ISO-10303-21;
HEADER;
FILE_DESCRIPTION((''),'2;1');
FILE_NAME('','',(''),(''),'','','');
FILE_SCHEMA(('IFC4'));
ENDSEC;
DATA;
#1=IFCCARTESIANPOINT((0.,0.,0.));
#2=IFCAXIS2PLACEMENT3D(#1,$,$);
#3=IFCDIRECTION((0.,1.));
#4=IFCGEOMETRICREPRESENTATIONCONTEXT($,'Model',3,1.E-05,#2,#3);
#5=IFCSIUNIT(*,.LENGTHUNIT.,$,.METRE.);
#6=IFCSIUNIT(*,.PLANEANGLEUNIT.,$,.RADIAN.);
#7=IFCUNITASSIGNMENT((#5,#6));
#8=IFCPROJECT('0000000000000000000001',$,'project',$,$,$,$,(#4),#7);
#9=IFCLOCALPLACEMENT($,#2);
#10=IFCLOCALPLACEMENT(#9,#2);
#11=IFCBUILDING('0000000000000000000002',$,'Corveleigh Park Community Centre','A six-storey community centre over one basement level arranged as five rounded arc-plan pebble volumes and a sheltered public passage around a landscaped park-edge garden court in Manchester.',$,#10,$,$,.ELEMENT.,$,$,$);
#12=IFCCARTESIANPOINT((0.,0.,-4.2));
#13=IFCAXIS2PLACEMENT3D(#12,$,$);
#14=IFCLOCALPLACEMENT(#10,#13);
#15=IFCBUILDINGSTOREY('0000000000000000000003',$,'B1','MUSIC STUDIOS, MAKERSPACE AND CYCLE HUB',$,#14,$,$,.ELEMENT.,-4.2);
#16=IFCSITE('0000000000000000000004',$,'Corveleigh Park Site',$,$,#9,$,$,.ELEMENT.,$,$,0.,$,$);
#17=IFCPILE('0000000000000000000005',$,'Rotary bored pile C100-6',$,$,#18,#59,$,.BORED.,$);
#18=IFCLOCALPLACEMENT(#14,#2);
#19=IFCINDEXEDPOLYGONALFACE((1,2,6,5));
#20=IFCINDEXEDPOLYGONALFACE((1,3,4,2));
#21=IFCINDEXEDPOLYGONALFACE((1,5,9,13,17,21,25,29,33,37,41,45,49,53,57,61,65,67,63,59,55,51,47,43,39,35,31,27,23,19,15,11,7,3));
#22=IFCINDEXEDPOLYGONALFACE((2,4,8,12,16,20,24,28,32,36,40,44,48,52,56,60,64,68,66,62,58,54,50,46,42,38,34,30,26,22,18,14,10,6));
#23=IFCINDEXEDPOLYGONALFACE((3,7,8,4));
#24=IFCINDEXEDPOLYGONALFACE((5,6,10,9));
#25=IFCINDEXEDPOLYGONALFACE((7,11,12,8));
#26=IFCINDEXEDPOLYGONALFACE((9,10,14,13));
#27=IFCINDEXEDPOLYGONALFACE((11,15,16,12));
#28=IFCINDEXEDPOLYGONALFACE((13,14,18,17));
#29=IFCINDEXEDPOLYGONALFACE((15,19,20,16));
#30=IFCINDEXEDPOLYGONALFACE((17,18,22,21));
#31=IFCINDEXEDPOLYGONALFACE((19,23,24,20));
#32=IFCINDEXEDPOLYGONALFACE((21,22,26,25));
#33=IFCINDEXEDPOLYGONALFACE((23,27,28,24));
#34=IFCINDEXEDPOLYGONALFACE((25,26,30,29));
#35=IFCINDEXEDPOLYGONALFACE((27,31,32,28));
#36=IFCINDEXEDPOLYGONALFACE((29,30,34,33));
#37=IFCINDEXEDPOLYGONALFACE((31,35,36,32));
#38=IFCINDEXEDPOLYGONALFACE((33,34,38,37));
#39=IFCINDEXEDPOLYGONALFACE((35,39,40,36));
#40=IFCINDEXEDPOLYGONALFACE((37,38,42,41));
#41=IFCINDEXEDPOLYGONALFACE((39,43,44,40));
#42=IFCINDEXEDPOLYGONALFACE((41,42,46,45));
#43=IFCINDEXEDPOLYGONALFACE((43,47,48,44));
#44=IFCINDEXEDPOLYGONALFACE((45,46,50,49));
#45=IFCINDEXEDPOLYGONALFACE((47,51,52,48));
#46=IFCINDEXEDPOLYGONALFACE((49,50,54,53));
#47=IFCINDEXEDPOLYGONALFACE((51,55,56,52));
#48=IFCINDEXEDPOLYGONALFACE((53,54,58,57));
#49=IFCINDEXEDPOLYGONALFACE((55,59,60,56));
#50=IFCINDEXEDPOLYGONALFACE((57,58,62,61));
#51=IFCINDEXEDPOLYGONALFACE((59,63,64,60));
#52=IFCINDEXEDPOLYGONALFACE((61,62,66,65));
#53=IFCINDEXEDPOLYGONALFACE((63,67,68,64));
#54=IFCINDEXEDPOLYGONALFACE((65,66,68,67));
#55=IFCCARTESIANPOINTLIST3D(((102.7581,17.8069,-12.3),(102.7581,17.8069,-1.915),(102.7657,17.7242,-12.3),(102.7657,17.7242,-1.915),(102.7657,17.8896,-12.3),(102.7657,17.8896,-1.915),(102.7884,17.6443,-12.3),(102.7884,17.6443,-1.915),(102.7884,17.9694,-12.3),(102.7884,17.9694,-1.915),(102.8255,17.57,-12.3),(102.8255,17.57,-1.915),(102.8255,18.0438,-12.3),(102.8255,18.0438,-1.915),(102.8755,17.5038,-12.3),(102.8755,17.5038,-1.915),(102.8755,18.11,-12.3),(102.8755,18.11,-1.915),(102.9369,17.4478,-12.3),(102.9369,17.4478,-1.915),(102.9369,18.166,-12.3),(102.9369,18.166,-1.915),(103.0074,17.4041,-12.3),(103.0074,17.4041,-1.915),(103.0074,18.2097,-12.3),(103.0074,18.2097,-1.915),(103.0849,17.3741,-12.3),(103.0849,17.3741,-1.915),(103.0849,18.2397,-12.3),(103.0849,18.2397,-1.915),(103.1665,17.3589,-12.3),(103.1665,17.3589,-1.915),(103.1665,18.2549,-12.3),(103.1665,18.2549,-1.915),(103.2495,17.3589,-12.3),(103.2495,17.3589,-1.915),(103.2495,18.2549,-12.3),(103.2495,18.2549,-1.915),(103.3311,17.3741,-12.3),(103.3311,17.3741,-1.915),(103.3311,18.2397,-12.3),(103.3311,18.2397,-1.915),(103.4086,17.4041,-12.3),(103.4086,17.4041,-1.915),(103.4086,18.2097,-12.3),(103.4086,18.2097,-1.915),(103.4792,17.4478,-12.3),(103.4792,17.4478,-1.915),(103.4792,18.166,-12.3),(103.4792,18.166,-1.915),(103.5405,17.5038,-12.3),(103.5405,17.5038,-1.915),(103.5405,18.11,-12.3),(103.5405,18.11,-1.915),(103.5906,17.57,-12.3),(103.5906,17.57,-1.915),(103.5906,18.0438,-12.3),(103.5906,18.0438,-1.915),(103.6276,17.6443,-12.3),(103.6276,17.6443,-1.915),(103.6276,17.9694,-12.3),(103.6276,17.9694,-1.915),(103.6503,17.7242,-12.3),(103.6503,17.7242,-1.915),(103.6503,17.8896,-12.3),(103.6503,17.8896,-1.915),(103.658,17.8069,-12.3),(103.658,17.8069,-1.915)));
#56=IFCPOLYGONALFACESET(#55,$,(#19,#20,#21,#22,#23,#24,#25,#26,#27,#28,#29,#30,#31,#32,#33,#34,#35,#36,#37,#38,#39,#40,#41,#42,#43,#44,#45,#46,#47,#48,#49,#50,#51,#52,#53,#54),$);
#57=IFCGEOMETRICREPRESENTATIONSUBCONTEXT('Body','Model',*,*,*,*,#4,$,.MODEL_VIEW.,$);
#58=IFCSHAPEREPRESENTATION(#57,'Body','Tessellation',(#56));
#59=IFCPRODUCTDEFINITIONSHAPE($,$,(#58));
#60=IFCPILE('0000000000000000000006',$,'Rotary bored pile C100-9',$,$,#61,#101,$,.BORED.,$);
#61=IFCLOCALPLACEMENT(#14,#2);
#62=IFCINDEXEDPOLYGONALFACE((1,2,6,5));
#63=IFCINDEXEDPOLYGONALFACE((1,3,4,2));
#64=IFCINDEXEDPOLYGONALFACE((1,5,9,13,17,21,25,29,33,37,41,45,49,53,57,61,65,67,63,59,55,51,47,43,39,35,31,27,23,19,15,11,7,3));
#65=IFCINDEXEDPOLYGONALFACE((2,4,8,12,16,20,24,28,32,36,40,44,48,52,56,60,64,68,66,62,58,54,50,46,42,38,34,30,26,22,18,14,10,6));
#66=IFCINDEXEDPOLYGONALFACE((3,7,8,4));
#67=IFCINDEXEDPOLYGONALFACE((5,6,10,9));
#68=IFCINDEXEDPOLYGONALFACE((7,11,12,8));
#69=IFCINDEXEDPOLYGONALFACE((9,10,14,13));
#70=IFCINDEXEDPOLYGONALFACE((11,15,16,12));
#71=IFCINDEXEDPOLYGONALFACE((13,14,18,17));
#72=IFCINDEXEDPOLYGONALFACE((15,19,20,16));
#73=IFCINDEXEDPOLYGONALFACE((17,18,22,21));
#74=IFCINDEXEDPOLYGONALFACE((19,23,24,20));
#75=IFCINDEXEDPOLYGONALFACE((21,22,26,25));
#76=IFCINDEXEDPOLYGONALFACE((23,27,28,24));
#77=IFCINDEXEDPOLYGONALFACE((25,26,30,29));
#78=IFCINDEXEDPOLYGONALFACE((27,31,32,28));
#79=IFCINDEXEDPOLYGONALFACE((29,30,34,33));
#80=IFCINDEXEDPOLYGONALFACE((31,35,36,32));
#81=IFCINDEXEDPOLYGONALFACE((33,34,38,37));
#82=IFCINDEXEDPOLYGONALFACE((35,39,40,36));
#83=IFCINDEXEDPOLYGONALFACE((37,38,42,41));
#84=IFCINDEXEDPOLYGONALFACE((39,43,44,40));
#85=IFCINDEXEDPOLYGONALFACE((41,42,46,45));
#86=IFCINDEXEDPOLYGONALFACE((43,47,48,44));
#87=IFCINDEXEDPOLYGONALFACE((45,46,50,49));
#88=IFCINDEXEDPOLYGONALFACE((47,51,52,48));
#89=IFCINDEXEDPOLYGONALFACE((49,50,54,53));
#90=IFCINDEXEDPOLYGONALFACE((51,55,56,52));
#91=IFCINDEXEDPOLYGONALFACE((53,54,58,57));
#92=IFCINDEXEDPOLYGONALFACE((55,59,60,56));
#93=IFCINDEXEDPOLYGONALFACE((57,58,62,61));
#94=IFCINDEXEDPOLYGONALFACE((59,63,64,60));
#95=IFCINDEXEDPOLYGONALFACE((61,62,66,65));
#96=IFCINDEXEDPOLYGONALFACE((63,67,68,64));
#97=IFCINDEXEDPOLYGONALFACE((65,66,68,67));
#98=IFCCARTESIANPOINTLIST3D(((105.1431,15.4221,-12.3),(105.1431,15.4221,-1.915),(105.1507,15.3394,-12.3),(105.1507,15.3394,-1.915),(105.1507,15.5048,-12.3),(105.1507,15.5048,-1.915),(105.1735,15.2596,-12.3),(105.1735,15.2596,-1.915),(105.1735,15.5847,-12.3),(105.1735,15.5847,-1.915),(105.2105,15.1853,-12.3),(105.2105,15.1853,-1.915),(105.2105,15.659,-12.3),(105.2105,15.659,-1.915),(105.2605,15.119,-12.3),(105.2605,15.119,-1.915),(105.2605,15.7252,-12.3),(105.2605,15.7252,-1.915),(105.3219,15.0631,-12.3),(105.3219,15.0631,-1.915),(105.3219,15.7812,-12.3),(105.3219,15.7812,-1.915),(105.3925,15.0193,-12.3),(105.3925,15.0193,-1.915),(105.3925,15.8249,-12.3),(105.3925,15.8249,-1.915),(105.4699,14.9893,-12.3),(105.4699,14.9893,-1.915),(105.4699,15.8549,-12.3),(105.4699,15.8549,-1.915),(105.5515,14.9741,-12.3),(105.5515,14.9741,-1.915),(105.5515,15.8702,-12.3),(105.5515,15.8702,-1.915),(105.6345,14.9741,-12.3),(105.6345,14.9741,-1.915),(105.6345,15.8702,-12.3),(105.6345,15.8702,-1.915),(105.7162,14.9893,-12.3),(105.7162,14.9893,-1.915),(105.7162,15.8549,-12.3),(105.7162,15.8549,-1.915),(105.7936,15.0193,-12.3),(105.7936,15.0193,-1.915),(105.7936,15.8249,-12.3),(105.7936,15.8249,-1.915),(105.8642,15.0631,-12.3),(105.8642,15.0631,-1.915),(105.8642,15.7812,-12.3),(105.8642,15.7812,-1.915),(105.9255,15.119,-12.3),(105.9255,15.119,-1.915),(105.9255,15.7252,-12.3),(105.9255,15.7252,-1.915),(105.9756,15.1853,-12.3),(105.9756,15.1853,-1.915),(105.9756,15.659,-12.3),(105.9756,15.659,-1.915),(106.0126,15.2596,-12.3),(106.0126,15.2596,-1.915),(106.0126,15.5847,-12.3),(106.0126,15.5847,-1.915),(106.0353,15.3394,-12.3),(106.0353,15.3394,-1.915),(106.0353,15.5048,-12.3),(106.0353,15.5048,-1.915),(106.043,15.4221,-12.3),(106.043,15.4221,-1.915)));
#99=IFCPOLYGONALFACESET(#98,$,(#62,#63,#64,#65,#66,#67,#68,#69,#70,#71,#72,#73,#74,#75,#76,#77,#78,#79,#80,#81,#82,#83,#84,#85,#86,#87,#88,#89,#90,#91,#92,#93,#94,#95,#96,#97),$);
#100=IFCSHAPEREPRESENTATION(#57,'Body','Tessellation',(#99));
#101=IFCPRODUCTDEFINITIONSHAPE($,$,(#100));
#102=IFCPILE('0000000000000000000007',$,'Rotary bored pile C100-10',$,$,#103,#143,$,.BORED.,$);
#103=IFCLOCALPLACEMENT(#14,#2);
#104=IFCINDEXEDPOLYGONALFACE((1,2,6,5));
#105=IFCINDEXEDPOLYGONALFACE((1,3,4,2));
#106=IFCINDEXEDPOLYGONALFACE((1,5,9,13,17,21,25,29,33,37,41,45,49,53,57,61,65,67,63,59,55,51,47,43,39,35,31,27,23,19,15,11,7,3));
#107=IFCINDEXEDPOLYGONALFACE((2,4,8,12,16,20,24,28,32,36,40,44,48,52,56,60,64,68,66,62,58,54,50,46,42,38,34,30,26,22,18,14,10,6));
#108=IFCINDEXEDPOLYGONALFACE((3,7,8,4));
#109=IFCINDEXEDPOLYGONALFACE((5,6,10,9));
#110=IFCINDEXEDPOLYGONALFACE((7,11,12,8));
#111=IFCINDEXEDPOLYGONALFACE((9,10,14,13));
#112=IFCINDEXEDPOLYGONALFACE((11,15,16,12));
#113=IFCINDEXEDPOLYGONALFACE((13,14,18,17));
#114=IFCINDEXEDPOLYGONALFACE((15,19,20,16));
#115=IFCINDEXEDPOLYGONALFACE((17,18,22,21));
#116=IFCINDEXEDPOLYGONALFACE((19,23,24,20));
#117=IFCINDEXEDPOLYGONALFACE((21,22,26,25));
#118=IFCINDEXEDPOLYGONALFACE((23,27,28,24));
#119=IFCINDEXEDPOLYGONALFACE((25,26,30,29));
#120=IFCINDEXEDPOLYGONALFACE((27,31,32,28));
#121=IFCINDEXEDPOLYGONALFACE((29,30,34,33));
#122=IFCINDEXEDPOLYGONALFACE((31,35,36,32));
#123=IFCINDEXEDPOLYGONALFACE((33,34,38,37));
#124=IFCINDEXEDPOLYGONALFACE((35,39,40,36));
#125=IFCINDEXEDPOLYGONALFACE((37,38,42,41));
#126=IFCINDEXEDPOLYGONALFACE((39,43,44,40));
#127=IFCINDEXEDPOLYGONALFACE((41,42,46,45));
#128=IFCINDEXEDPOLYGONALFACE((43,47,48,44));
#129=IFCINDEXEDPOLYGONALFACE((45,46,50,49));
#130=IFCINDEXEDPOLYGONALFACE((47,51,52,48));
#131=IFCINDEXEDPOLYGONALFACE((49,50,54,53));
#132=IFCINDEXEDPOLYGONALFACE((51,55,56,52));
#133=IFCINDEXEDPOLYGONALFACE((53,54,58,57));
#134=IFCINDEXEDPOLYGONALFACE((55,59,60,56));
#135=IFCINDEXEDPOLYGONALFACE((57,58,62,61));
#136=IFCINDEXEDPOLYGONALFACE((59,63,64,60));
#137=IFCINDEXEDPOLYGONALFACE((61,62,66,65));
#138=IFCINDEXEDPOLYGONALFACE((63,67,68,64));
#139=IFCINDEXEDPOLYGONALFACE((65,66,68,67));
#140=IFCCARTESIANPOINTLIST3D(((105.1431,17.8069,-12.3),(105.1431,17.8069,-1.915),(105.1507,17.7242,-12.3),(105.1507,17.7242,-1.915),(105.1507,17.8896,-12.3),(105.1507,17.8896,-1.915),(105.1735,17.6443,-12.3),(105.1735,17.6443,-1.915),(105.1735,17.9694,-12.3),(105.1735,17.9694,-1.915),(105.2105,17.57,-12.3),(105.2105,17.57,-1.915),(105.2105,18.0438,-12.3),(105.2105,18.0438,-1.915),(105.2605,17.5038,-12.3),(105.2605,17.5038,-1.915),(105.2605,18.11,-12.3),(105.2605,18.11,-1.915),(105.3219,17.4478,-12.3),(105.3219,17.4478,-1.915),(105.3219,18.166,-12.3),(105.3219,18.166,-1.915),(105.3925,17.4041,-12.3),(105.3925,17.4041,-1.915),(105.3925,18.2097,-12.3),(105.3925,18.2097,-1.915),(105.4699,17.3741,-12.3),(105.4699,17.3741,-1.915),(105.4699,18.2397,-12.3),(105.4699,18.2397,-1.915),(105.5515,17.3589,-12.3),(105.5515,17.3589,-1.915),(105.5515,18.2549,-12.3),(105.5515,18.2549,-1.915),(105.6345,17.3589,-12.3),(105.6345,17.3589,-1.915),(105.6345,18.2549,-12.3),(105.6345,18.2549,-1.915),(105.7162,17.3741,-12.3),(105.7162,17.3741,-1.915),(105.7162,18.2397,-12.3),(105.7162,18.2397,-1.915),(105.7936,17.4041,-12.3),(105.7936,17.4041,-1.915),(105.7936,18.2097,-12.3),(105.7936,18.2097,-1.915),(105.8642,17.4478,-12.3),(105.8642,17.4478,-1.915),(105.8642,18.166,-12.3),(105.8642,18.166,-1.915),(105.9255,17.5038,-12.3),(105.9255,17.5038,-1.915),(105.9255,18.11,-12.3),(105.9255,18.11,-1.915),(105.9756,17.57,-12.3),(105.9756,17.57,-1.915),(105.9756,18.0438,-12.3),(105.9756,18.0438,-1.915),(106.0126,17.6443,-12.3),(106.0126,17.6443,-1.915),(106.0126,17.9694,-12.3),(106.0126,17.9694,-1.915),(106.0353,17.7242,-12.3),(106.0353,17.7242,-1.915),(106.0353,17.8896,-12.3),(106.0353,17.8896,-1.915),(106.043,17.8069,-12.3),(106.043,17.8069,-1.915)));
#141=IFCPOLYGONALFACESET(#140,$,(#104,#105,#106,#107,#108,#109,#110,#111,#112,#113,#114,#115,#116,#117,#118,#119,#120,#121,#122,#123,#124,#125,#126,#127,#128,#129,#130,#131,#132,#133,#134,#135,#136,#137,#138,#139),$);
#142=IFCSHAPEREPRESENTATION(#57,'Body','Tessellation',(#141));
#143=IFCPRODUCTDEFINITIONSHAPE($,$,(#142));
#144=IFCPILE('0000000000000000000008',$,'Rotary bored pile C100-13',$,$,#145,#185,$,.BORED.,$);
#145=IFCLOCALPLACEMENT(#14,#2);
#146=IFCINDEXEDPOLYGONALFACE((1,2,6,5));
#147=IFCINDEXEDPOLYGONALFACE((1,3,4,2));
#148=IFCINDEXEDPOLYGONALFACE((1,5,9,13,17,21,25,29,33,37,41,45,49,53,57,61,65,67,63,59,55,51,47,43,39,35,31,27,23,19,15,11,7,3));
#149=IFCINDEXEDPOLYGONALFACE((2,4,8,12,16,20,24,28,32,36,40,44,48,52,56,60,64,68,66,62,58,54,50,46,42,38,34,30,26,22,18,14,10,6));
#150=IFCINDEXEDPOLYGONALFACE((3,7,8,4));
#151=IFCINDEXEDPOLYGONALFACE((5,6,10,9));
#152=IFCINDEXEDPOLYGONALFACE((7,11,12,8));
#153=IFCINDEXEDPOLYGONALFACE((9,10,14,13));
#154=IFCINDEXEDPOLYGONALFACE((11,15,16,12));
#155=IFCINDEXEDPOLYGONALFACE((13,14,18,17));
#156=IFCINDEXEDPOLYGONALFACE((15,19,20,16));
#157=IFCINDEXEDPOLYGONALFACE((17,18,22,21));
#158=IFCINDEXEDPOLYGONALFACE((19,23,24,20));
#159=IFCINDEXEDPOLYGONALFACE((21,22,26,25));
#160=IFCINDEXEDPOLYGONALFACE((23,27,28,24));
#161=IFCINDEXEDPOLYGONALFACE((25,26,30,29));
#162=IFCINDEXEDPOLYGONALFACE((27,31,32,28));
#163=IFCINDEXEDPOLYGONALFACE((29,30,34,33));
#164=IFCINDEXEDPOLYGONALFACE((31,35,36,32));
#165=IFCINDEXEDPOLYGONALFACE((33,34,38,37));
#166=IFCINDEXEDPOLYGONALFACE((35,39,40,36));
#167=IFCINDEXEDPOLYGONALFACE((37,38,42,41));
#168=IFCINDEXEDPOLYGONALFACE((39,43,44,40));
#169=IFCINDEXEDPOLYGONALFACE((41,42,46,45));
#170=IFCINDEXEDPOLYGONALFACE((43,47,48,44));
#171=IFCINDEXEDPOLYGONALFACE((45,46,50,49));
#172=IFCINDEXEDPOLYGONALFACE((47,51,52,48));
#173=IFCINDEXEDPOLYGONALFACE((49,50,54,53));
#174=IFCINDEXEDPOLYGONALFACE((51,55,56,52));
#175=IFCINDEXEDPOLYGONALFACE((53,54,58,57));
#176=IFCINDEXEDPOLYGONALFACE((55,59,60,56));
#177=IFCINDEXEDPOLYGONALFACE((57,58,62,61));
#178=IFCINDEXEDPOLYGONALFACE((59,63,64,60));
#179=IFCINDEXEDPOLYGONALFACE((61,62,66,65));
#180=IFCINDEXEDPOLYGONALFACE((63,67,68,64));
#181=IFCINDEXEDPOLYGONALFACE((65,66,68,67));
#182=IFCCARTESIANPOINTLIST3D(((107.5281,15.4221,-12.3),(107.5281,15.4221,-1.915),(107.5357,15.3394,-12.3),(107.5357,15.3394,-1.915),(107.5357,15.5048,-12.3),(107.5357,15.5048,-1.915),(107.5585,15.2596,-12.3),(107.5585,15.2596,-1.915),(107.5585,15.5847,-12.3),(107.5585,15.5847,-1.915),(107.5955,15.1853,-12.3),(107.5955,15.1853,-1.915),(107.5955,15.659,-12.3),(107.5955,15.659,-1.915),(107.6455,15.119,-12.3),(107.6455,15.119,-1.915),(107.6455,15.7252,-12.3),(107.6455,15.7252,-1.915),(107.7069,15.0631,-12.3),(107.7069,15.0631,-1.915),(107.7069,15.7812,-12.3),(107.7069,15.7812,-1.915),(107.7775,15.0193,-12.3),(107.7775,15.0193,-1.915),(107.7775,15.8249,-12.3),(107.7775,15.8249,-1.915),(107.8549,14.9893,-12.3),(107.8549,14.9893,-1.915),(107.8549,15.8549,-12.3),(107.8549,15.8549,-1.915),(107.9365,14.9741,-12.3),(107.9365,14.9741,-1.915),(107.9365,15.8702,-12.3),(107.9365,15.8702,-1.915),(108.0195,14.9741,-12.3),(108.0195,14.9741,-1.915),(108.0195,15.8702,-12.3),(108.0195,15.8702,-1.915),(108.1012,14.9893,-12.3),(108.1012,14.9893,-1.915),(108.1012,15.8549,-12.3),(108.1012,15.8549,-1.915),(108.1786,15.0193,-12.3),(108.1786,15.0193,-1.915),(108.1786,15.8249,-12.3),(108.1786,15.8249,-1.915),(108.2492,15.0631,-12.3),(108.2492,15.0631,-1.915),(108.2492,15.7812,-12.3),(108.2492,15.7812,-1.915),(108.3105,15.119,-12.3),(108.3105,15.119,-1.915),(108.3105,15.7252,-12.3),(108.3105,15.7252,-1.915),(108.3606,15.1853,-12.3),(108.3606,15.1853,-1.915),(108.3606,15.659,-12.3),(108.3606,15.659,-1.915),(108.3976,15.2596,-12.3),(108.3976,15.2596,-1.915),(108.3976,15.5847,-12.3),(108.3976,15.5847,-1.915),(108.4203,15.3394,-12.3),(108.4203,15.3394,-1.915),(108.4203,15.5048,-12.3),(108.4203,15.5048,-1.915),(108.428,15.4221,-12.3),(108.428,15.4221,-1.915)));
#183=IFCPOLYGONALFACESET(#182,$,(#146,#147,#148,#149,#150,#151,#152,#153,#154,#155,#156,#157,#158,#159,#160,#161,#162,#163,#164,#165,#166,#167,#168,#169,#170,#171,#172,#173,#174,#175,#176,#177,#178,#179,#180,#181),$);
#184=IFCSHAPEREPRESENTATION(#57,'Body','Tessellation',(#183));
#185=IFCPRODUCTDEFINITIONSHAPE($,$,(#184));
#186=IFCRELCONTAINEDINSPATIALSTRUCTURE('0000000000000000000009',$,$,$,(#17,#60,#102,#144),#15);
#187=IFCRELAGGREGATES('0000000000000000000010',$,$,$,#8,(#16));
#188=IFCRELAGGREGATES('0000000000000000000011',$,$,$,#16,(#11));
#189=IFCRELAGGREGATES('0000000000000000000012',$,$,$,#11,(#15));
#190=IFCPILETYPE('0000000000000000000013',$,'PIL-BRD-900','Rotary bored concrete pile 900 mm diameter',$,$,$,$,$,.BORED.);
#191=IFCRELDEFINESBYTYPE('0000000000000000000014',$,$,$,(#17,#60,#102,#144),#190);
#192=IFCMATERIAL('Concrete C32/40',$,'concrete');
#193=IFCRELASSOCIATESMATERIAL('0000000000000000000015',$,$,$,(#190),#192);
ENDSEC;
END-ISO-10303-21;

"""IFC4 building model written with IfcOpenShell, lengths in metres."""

from ifc_helpers import new_model, si_unit, direction, frame, origin, origin_2d, place, context, subcontext, project, spatial, circle, extrude, material, material_profile, profile_set, type_object, element, save


model = new_model("IFC4")

# Units and contexts
model_context = context("Model", 3, precision=1e-05, world=origin(), true_north=direction((0.0, 1.0)))
body_context = subcontext(model_context, "Body", "Model", "MODEL_VIEW")
ifc_project = project(units=[si_unit("LENGTHUNIT", "METRE"), si_unit("PLANEANGLEUNIT", "RADIAN")], contexts=[model_context])

# Site, building, storey
site_placement = place(None, origin())
site = spatial("IfcSite", under=ifc_project, at=site_placement, Name="Corveleigh Park Site", CompositionType="ELEMENT", RefElevation=0.0)
building_placement = place(site_placement, origin())
building = spatial("IfcBuilding", under=site, at=building_placement, Name="Corveleigh Park Community Centre", Description="A six-storey community centre over one basement level arranged as five rounded arc-plan pebble volumes and a sheltered public passage around a landscaped park-edge garden court in Manchester.", CompositionType="ELEMENT")
storey_placement = place(building_placement, frame((0.0, 0.0, -4.2)))
storey = spatial("IfcBuildingStorey", under=building, at=storey_placement, Name="B1", Description="MUSIC STUDIOS, MAKERSPACE AND CYCLE HUB", CompositionType="ELEMENT", Elevation=-4.2)

# Piles
ifc_material_1 = material(Name="Concrete C32/40", Category="concrete")
ifc_material_profile_1 = material_profile(ifc_material_1, circle(Radius=0.45, at=origin_2d()), Name="BORED-PILE-900", Category="concrete")
ifc_profile_set_1 = profile_set([ifc_material_profile_1], Name="Concrete C32/40")
pile_type_1 = type_object("IfcPileType", Name="PIL-BRD-900", Description="Rotary bored concrete pile 900 mm diameter", PredefinedType="BORED", material=ifc_profile_set_1)
for number, where, z_axis, x_axis, name in (
    (1, (103.208, 17.8069, -1.915), (0.0, 0.0, -1.0), (1.0, 0.0, 0.0), "Rotary bored pile C100-6"),
    (2, (105.593, 15.4221, -1.915), (0.0, 0.0, -1.0), (1.0, 0.0, 0.0), "Rotary bored pile C100-9"),
    (3, (105.593, 17.8069, -1.915), (0.0, 0.0, -1.0), (1.0, 0.0, 0.0), "Rotary bored pile C100-10"),
    (4, (107.978, 15.4221, -1.915), (0.0, 0.0, -1.0), (1.0, 0.0, 0.0), "Rotary bored pile C100-13"),
):
    element("IfcPile", number, at=place(storey_placement, frame(where, z_axis=z_axis, x_axis=x_axis)), inside=storey, type_object=pile_type_1, Name=name, PredefinedType="BORED", context=body_context, shape_type="SweptSolid", body=[
        extrude(circle(Radius=0.45, at=origin_2d()), origin(), (0.0, 0.0, 1.0), 10.385),
    ])

save(model, "model.ifc")
